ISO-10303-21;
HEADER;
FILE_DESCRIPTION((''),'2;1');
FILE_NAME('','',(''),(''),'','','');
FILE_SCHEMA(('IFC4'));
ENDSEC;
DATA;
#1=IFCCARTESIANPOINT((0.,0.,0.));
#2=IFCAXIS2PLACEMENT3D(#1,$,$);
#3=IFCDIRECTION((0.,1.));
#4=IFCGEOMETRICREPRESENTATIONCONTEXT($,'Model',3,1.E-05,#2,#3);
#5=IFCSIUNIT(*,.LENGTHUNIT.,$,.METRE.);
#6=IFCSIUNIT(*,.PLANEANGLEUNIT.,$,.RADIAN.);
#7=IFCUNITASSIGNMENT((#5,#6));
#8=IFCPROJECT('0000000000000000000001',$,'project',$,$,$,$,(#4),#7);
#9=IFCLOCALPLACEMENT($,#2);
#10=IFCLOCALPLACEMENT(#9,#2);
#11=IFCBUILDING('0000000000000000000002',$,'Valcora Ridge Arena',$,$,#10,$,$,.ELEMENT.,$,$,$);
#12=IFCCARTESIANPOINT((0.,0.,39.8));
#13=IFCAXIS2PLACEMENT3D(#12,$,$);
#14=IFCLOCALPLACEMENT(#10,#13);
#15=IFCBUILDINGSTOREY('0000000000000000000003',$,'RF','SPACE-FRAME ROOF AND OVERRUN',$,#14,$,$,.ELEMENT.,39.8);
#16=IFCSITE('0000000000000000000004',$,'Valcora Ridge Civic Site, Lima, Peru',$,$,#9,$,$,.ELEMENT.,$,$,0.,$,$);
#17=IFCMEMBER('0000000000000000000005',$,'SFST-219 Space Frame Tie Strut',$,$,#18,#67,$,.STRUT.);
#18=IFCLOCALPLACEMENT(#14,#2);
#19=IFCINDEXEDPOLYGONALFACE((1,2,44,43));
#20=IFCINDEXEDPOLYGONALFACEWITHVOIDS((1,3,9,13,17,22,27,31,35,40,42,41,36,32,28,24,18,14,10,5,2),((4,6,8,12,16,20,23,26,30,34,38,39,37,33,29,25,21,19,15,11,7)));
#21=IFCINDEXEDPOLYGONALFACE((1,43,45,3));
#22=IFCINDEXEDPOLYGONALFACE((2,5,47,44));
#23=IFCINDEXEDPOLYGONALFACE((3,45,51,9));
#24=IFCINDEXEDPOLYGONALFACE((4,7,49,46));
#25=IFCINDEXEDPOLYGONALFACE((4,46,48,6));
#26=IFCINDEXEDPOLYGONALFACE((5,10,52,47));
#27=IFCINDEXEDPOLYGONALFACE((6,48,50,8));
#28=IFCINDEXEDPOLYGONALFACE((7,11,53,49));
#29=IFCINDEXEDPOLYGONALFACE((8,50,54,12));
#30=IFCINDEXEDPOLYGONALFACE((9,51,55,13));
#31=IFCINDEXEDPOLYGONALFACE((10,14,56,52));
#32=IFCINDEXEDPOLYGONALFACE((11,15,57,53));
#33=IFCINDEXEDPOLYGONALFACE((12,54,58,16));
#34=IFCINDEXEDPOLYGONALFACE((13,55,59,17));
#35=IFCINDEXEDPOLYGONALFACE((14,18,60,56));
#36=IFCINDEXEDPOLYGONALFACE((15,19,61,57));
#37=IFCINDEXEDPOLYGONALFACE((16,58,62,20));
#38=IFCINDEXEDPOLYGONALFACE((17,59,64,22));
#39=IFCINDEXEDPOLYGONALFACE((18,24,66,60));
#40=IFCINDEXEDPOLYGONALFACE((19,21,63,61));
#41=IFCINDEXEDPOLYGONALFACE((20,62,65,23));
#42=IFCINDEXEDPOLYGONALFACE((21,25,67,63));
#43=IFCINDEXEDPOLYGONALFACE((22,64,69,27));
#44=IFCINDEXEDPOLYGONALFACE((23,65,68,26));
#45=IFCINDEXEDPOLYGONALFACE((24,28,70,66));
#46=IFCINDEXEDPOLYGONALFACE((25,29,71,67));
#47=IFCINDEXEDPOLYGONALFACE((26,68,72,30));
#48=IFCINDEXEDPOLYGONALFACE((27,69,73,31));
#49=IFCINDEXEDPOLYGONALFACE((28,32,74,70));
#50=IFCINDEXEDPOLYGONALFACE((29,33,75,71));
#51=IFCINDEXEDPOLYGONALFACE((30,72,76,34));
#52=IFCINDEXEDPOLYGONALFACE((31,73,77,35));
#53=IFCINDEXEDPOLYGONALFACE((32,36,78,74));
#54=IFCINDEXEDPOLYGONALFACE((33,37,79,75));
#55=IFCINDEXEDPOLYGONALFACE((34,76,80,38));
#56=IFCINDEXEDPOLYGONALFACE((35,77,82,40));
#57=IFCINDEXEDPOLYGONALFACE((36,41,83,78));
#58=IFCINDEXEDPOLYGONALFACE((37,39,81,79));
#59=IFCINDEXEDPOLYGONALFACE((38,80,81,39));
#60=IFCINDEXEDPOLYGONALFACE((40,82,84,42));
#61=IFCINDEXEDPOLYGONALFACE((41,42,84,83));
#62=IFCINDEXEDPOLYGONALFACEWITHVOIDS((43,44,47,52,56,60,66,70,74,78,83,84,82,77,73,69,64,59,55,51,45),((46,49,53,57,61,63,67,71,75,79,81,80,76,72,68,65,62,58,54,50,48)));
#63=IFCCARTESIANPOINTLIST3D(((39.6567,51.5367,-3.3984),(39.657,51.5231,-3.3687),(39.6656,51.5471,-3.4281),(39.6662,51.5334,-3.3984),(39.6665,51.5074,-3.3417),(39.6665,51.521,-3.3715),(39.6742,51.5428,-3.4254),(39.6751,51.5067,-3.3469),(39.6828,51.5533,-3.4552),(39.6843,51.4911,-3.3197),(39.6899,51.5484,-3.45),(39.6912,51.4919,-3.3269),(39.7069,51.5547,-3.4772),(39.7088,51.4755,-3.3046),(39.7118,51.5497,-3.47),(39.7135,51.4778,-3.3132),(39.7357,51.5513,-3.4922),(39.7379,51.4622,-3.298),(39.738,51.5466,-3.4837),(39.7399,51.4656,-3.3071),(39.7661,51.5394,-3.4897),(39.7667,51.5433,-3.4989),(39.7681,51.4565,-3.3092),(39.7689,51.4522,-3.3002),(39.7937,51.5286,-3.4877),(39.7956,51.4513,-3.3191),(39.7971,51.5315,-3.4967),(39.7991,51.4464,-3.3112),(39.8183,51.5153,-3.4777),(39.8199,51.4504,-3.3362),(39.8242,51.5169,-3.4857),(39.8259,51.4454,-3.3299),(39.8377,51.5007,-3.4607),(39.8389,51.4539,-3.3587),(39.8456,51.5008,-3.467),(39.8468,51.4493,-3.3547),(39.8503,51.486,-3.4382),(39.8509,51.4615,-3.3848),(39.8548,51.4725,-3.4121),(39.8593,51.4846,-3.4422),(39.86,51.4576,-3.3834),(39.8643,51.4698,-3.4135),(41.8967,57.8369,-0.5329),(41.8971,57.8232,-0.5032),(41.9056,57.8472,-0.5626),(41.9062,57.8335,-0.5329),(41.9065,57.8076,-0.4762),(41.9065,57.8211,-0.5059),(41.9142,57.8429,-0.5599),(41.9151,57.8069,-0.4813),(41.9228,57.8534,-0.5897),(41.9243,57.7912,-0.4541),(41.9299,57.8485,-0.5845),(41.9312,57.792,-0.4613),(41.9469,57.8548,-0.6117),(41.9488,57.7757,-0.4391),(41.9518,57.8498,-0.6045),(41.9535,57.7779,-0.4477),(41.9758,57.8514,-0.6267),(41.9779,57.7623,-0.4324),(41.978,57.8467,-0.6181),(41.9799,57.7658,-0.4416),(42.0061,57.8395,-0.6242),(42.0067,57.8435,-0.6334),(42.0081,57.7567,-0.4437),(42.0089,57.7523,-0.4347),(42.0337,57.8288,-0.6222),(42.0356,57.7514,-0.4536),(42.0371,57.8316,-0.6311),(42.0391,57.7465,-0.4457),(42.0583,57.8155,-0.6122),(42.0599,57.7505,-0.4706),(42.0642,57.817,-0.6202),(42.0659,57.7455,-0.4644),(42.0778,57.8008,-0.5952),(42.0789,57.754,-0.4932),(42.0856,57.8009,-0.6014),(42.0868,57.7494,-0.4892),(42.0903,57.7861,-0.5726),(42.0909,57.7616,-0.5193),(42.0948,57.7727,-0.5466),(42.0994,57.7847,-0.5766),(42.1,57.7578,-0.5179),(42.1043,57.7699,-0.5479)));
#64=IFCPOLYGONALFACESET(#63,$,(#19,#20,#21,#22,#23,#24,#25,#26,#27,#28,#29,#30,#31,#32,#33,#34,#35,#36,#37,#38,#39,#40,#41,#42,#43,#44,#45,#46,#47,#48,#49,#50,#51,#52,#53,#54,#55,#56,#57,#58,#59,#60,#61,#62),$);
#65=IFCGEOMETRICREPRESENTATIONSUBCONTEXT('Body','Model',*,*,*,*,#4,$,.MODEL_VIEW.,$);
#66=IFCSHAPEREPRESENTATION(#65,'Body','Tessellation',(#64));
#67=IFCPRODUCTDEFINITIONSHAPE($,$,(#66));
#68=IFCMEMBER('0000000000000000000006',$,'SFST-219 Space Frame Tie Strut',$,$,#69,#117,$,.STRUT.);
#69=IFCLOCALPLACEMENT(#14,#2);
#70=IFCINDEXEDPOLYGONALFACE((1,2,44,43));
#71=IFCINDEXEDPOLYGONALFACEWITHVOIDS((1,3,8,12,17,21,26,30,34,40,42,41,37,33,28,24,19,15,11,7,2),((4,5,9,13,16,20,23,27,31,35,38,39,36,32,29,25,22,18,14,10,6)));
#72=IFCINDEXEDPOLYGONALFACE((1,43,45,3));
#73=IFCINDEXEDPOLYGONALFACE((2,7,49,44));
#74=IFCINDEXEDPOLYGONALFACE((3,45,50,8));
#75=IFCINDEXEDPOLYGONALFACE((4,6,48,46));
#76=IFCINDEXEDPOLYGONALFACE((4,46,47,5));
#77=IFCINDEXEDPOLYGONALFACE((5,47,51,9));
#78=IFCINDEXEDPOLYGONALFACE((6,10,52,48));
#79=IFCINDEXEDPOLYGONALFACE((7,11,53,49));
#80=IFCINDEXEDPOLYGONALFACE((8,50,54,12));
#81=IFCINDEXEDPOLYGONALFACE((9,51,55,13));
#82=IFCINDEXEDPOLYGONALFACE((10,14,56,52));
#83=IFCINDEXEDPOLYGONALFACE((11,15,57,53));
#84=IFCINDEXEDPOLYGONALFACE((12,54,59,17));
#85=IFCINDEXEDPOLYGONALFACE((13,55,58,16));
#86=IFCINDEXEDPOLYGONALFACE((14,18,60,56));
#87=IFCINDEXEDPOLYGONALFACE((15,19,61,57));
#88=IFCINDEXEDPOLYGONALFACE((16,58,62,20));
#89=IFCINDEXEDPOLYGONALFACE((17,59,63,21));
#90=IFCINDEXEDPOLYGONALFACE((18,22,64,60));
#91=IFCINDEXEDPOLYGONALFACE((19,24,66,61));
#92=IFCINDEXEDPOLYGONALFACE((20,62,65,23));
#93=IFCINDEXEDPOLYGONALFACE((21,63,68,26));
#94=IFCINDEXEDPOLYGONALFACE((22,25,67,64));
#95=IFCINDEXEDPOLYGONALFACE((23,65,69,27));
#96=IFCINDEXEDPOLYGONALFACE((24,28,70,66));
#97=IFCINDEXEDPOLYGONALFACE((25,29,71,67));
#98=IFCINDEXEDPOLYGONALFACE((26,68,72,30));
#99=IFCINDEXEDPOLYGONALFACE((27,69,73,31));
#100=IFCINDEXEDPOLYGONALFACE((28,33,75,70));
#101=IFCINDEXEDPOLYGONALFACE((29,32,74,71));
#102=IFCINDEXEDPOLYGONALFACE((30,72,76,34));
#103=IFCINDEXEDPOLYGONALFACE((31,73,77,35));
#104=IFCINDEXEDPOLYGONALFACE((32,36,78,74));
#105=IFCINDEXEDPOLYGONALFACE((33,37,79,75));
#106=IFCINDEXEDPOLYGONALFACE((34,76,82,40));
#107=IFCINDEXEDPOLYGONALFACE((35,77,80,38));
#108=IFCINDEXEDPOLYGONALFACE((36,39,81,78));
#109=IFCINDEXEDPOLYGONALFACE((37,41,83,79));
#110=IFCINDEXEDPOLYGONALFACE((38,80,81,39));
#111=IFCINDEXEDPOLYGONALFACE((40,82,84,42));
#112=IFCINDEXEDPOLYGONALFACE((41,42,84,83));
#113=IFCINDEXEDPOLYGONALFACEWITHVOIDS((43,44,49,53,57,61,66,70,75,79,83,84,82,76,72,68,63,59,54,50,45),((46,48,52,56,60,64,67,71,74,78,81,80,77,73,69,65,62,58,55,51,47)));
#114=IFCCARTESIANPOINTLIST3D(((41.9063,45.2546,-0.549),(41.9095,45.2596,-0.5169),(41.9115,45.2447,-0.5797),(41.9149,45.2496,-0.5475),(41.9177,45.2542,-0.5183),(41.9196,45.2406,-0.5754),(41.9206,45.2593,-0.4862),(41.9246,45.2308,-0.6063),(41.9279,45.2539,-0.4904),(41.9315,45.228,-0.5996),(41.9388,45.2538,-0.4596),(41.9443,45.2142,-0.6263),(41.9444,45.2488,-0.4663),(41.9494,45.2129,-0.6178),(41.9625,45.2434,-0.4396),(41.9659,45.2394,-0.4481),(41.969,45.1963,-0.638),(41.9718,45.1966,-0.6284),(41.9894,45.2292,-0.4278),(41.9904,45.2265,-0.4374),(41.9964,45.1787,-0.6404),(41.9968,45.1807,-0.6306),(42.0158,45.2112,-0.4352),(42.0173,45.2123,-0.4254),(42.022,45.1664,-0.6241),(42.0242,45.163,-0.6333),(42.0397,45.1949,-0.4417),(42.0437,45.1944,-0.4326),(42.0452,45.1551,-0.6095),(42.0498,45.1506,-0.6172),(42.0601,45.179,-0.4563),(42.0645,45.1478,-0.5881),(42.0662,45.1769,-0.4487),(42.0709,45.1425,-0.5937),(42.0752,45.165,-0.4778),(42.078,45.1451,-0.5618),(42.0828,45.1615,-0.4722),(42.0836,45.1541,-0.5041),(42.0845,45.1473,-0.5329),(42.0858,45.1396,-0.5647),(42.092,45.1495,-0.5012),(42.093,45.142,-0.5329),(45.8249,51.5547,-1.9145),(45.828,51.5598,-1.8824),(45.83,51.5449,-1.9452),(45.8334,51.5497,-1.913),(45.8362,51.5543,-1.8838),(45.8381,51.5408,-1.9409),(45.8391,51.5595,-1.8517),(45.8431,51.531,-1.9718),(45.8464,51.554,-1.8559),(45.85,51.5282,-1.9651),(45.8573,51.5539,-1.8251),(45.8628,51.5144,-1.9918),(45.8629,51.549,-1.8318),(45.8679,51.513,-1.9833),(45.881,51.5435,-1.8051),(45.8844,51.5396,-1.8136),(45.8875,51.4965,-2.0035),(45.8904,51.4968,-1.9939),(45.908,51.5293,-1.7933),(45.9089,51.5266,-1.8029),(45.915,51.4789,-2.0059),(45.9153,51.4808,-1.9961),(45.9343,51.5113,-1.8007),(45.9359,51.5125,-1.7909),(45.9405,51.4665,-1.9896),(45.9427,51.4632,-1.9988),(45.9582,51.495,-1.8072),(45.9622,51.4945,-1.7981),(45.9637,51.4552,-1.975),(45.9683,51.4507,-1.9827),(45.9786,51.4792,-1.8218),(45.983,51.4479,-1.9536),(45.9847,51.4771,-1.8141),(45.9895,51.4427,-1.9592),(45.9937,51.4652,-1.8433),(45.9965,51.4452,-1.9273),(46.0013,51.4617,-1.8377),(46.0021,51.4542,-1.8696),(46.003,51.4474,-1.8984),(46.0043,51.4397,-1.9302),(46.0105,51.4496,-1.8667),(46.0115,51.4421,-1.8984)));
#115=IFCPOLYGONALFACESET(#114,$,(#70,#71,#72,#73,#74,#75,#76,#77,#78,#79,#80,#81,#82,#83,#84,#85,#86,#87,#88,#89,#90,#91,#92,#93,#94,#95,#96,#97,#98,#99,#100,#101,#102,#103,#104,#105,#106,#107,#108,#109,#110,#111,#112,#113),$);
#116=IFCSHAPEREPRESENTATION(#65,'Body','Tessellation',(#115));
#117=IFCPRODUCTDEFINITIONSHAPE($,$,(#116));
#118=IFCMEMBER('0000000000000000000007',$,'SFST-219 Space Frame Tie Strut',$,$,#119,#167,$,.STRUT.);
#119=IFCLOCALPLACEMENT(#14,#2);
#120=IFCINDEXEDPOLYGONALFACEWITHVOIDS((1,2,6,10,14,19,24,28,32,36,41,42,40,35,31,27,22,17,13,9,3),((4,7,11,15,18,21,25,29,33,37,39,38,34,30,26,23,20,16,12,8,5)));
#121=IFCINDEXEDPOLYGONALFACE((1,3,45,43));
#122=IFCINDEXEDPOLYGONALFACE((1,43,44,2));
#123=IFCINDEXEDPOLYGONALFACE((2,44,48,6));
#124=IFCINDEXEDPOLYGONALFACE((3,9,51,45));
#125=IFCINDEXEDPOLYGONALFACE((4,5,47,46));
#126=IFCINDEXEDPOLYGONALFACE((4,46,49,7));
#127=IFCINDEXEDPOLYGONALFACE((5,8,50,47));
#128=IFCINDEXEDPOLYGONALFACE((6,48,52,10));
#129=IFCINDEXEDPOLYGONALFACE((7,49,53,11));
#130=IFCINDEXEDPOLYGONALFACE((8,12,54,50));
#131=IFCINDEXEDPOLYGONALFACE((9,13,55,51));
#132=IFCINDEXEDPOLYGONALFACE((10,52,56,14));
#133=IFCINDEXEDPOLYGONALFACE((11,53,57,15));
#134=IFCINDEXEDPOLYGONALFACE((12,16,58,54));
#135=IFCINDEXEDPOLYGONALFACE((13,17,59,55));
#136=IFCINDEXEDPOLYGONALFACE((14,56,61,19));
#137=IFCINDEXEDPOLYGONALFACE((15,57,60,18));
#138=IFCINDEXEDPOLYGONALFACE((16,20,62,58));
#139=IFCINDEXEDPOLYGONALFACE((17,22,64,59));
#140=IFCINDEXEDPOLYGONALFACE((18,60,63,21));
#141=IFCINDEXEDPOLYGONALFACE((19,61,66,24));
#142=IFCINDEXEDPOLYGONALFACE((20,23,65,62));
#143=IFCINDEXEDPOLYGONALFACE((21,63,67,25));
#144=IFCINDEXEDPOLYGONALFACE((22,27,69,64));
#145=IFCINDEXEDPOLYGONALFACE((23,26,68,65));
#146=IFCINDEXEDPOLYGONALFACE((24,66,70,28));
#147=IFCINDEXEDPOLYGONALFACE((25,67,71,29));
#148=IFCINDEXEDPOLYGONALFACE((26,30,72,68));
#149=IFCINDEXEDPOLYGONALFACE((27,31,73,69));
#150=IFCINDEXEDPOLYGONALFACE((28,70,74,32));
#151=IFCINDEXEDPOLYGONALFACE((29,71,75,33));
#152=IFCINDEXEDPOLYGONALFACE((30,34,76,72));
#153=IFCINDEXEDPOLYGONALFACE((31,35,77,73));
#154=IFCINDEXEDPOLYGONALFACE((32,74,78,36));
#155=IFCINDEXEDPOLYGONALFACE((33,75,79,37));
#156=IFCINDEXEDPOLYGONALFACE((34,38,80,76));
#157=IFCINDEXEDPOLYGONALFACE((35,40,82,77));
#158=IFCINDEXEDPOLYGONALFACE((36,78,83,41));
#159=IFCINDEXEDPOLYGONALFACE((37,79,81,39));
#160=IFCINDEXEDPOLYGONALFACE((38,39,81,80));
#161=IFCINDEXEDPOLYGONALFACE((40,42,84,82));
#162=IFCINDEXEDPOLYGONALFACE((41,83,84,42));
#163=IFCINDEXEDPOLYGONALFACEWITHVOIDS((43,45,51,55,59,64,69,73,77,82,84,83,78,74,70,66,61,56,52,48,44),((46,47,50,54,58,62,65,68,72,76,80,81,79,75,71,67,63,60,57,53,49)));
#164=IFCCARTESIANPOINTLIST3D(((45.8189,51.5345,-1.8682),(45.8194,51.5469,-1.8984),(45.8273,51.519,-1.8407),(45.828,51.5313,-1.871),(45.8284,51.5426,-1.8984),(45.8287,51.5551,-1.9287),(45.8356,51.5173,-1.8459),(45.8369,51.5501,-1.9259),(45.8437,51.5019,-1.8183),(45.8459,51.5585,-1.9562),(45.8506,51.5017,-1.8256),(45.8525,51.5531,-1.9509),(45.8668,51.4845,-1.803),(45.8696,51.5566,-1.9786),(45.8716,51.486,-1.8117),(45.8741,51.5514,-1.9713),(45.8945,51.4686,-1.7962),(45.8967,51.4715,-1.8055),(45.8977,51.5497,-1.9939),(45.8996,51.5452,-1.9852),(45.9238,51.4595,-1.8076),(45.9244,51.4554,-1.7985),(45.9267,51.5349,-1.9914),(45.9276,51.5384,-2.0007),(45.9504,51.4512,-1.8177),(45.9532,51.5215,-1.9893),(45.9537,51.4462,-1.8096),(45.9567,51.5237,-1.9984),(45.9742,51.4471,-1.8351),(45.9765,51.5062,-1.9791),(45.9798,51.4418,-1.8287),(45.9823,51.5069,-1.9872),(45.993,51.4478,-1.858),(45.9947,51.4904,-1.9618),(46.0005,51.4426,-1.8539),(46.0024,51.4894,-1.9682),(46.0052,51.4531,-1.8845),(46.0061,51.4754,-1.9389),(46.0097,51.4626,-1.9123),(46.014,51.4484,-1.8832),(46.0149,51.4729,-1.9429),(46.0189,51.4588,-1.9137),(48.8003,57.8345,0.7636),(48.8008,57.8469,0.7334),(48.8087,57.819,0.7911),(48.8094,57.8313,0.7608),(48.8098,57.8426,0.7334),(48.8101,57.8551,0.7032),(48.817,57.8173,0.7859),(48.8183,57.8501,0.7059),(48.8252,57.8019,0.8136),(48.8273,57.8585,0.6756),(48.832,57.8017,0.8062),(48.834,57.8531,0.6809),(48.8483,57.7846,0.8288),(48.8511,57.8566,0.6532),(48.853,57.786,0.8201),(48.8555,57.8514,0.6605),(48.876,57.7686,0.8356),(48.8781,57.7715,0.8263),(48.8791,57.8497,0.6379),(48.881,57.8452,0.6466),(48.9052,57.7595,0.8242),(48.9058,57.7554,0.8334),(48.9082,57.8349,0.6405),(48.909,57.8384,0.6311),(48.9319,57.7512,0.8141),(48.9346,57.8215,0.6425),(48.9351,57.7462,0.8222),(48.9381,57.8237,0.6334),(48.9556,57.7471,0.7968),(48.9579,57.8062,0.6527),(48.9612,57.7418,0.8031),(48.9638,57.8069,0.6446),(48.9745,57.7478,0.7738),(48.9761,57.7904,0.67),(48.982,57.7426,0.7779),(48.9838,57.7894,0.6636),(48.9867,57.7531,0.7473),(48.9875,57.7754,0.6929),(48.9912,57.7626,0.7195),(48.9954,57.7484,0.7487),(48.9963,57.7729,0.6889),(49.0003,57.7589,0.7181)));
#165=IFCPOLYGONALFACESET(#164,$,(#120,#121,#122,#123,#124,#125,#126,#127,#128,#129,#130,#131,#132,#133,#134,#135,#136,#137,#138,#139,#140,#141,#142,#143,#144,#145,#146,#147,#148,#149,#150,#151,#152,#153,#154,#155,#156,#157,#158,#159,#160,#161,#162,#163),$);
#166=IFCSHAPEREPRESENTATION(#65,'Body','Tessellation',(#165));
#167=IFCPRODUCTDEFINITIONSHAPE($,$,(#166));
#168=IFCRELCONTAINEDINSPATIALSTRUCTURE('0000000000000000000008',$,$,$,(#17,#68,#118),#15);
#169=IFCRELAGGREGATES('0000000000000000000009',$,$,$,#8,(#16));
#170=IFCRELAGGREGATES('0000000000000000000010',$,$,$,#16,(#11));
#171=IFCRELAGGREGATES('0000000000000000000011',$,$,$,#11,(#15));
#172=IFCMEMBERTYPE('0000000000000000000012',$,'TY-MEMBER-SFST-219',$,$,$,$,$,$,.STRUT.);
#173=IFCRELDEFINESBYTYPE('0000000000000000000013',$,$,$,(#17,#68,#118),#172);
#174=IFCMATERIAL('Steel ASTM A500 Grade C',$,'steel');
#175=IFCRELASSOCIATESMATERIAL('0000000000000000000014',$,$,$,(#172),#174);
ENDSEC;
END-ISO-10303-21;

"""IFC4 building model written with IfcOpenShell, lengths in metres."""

from ifc_helpers import new_model, si_unit, direction, frame, origin, origin_2d, place, context, subcontext, project, spatial, hollow_circle, extrude, material, material_profile, profile_set, type_object, element, save


model = new_model("IFC4")

# Units and contexts
model_context = context("Model", 3, precision=1e-05, world=origin(), true_north=direction((0.0, 1.0)))
body_context = subcontext(model_context, "Body", "Model", "MODEL_VIEW")
ifc_project = project(units=[si_unit("LENGTHUNIT", "METRE"), si_unit("PLANEANGLEUNIT", "RADIAN")], contexts=[model_context])

# Site, building, storey
site_placement = place(None, origin())
site = spatial("IfcSite", under=ifc_project, at=site_placement, Name="Valcora Ridge Civic Site, Lima, Peru", CompositionType="ELEMENT", RefElevation=0.0)
building_placement = place(site_placement, origin())
building = spatial("IfcBuilding", under=site, at=building_placement, Name="Valcora Ridge Arena", CompositionType="ELEMENT")
storey_placement = place(building_placement, frame((0.0, 0.0, 39.8)))
storey = spatial("IfcBuildingStorey", under=building, at=storey_placement, Name="RF", Description="SPACE-FRAME ROOF AND OVERRUN", CompositionType="ELEMENT", Elevation=39.8)

# Members
ifc_material_1 = material(Name="Steel ASTM A500 Grade C", Category="steel")
ifc_material_profile_1 = material_profile(ifc_material_1, hollow_circle(Radius=0.1096, WallThickness=0.01, at=origin_2d()), Name="CHS219X10")
ifc_profile_set_1 = profile_set([ifc_material_profile_1], Name="Steel ASTM A500 Grade C")
member_type_1 = type_object("IfcMemberType", Name="TY-MEMBER-SFST-219", PredefinedType="STRUT", material=ifc_profile_set_1)
member_1_placement = place(storey_placement, frame((39.76, 51.5, -3.3984), z_axis=(0.307921, 0.866039, 0.393904), x_axis=(-0.942216, 0.335006, 0.0)))
element("IfcMember", 1, at=member_1_placement, inside=storey, type_object=member_type_1, Name="SFST-219 Space Frame Tie Strut", PredefinedType="STRUT", context=body_context, shape_type="SweptSolid", body=[
    extrude(hollow_circle(Radius=0.1096, WallThickness=0.01, at=origin_2d()), origin(), (0.0, 0.0, 1.0), 7.2747),
])
member_2_placement = place(storey_placement, frame((45.9185, 51.5, -1.8984), z_axis=(-0.519425, -0.835125, 0.181006), x_axis=(0.849152, -0.528149, 0.0)))
element("IfcMember", 2, at=member_2_placement, inside=storey, type_object=member_type_1, Name="SFST-219 Space Frame Tie Strut", PredefinedType="STRUT", context=body_context, shape_type="SweptSolid", body=[
    extrude(hollow_circle(Radius=0.1096, WallThickness=0.01, at=origin_2d()), origin(), (0.0, 0.0, 1.0), 7.5439),
])
member_3_placement = place(storey_placement, frame((45.9185, 51.5, -1.8984), z_axis=(0.400181, 0.845616, 0.353255), x_axis=(-0.903893, 0.42776, 0.0)))
element("IfcMember", 3, at=member_3_placement, inside=storey, type_object=member_type_1, Name="SFST-219 Space Frame Tie Strut", PredefinedType="STRUT", context=body_context, shape_type="SweptSolid", body=[
    extrude(hollow_circle(Radius=0.1096, WallThickness=0.01, at=origin_2d()), origin(), (0.0, 0.0, 1.0), 7.4502),
])

save(model, "model.ifc")
